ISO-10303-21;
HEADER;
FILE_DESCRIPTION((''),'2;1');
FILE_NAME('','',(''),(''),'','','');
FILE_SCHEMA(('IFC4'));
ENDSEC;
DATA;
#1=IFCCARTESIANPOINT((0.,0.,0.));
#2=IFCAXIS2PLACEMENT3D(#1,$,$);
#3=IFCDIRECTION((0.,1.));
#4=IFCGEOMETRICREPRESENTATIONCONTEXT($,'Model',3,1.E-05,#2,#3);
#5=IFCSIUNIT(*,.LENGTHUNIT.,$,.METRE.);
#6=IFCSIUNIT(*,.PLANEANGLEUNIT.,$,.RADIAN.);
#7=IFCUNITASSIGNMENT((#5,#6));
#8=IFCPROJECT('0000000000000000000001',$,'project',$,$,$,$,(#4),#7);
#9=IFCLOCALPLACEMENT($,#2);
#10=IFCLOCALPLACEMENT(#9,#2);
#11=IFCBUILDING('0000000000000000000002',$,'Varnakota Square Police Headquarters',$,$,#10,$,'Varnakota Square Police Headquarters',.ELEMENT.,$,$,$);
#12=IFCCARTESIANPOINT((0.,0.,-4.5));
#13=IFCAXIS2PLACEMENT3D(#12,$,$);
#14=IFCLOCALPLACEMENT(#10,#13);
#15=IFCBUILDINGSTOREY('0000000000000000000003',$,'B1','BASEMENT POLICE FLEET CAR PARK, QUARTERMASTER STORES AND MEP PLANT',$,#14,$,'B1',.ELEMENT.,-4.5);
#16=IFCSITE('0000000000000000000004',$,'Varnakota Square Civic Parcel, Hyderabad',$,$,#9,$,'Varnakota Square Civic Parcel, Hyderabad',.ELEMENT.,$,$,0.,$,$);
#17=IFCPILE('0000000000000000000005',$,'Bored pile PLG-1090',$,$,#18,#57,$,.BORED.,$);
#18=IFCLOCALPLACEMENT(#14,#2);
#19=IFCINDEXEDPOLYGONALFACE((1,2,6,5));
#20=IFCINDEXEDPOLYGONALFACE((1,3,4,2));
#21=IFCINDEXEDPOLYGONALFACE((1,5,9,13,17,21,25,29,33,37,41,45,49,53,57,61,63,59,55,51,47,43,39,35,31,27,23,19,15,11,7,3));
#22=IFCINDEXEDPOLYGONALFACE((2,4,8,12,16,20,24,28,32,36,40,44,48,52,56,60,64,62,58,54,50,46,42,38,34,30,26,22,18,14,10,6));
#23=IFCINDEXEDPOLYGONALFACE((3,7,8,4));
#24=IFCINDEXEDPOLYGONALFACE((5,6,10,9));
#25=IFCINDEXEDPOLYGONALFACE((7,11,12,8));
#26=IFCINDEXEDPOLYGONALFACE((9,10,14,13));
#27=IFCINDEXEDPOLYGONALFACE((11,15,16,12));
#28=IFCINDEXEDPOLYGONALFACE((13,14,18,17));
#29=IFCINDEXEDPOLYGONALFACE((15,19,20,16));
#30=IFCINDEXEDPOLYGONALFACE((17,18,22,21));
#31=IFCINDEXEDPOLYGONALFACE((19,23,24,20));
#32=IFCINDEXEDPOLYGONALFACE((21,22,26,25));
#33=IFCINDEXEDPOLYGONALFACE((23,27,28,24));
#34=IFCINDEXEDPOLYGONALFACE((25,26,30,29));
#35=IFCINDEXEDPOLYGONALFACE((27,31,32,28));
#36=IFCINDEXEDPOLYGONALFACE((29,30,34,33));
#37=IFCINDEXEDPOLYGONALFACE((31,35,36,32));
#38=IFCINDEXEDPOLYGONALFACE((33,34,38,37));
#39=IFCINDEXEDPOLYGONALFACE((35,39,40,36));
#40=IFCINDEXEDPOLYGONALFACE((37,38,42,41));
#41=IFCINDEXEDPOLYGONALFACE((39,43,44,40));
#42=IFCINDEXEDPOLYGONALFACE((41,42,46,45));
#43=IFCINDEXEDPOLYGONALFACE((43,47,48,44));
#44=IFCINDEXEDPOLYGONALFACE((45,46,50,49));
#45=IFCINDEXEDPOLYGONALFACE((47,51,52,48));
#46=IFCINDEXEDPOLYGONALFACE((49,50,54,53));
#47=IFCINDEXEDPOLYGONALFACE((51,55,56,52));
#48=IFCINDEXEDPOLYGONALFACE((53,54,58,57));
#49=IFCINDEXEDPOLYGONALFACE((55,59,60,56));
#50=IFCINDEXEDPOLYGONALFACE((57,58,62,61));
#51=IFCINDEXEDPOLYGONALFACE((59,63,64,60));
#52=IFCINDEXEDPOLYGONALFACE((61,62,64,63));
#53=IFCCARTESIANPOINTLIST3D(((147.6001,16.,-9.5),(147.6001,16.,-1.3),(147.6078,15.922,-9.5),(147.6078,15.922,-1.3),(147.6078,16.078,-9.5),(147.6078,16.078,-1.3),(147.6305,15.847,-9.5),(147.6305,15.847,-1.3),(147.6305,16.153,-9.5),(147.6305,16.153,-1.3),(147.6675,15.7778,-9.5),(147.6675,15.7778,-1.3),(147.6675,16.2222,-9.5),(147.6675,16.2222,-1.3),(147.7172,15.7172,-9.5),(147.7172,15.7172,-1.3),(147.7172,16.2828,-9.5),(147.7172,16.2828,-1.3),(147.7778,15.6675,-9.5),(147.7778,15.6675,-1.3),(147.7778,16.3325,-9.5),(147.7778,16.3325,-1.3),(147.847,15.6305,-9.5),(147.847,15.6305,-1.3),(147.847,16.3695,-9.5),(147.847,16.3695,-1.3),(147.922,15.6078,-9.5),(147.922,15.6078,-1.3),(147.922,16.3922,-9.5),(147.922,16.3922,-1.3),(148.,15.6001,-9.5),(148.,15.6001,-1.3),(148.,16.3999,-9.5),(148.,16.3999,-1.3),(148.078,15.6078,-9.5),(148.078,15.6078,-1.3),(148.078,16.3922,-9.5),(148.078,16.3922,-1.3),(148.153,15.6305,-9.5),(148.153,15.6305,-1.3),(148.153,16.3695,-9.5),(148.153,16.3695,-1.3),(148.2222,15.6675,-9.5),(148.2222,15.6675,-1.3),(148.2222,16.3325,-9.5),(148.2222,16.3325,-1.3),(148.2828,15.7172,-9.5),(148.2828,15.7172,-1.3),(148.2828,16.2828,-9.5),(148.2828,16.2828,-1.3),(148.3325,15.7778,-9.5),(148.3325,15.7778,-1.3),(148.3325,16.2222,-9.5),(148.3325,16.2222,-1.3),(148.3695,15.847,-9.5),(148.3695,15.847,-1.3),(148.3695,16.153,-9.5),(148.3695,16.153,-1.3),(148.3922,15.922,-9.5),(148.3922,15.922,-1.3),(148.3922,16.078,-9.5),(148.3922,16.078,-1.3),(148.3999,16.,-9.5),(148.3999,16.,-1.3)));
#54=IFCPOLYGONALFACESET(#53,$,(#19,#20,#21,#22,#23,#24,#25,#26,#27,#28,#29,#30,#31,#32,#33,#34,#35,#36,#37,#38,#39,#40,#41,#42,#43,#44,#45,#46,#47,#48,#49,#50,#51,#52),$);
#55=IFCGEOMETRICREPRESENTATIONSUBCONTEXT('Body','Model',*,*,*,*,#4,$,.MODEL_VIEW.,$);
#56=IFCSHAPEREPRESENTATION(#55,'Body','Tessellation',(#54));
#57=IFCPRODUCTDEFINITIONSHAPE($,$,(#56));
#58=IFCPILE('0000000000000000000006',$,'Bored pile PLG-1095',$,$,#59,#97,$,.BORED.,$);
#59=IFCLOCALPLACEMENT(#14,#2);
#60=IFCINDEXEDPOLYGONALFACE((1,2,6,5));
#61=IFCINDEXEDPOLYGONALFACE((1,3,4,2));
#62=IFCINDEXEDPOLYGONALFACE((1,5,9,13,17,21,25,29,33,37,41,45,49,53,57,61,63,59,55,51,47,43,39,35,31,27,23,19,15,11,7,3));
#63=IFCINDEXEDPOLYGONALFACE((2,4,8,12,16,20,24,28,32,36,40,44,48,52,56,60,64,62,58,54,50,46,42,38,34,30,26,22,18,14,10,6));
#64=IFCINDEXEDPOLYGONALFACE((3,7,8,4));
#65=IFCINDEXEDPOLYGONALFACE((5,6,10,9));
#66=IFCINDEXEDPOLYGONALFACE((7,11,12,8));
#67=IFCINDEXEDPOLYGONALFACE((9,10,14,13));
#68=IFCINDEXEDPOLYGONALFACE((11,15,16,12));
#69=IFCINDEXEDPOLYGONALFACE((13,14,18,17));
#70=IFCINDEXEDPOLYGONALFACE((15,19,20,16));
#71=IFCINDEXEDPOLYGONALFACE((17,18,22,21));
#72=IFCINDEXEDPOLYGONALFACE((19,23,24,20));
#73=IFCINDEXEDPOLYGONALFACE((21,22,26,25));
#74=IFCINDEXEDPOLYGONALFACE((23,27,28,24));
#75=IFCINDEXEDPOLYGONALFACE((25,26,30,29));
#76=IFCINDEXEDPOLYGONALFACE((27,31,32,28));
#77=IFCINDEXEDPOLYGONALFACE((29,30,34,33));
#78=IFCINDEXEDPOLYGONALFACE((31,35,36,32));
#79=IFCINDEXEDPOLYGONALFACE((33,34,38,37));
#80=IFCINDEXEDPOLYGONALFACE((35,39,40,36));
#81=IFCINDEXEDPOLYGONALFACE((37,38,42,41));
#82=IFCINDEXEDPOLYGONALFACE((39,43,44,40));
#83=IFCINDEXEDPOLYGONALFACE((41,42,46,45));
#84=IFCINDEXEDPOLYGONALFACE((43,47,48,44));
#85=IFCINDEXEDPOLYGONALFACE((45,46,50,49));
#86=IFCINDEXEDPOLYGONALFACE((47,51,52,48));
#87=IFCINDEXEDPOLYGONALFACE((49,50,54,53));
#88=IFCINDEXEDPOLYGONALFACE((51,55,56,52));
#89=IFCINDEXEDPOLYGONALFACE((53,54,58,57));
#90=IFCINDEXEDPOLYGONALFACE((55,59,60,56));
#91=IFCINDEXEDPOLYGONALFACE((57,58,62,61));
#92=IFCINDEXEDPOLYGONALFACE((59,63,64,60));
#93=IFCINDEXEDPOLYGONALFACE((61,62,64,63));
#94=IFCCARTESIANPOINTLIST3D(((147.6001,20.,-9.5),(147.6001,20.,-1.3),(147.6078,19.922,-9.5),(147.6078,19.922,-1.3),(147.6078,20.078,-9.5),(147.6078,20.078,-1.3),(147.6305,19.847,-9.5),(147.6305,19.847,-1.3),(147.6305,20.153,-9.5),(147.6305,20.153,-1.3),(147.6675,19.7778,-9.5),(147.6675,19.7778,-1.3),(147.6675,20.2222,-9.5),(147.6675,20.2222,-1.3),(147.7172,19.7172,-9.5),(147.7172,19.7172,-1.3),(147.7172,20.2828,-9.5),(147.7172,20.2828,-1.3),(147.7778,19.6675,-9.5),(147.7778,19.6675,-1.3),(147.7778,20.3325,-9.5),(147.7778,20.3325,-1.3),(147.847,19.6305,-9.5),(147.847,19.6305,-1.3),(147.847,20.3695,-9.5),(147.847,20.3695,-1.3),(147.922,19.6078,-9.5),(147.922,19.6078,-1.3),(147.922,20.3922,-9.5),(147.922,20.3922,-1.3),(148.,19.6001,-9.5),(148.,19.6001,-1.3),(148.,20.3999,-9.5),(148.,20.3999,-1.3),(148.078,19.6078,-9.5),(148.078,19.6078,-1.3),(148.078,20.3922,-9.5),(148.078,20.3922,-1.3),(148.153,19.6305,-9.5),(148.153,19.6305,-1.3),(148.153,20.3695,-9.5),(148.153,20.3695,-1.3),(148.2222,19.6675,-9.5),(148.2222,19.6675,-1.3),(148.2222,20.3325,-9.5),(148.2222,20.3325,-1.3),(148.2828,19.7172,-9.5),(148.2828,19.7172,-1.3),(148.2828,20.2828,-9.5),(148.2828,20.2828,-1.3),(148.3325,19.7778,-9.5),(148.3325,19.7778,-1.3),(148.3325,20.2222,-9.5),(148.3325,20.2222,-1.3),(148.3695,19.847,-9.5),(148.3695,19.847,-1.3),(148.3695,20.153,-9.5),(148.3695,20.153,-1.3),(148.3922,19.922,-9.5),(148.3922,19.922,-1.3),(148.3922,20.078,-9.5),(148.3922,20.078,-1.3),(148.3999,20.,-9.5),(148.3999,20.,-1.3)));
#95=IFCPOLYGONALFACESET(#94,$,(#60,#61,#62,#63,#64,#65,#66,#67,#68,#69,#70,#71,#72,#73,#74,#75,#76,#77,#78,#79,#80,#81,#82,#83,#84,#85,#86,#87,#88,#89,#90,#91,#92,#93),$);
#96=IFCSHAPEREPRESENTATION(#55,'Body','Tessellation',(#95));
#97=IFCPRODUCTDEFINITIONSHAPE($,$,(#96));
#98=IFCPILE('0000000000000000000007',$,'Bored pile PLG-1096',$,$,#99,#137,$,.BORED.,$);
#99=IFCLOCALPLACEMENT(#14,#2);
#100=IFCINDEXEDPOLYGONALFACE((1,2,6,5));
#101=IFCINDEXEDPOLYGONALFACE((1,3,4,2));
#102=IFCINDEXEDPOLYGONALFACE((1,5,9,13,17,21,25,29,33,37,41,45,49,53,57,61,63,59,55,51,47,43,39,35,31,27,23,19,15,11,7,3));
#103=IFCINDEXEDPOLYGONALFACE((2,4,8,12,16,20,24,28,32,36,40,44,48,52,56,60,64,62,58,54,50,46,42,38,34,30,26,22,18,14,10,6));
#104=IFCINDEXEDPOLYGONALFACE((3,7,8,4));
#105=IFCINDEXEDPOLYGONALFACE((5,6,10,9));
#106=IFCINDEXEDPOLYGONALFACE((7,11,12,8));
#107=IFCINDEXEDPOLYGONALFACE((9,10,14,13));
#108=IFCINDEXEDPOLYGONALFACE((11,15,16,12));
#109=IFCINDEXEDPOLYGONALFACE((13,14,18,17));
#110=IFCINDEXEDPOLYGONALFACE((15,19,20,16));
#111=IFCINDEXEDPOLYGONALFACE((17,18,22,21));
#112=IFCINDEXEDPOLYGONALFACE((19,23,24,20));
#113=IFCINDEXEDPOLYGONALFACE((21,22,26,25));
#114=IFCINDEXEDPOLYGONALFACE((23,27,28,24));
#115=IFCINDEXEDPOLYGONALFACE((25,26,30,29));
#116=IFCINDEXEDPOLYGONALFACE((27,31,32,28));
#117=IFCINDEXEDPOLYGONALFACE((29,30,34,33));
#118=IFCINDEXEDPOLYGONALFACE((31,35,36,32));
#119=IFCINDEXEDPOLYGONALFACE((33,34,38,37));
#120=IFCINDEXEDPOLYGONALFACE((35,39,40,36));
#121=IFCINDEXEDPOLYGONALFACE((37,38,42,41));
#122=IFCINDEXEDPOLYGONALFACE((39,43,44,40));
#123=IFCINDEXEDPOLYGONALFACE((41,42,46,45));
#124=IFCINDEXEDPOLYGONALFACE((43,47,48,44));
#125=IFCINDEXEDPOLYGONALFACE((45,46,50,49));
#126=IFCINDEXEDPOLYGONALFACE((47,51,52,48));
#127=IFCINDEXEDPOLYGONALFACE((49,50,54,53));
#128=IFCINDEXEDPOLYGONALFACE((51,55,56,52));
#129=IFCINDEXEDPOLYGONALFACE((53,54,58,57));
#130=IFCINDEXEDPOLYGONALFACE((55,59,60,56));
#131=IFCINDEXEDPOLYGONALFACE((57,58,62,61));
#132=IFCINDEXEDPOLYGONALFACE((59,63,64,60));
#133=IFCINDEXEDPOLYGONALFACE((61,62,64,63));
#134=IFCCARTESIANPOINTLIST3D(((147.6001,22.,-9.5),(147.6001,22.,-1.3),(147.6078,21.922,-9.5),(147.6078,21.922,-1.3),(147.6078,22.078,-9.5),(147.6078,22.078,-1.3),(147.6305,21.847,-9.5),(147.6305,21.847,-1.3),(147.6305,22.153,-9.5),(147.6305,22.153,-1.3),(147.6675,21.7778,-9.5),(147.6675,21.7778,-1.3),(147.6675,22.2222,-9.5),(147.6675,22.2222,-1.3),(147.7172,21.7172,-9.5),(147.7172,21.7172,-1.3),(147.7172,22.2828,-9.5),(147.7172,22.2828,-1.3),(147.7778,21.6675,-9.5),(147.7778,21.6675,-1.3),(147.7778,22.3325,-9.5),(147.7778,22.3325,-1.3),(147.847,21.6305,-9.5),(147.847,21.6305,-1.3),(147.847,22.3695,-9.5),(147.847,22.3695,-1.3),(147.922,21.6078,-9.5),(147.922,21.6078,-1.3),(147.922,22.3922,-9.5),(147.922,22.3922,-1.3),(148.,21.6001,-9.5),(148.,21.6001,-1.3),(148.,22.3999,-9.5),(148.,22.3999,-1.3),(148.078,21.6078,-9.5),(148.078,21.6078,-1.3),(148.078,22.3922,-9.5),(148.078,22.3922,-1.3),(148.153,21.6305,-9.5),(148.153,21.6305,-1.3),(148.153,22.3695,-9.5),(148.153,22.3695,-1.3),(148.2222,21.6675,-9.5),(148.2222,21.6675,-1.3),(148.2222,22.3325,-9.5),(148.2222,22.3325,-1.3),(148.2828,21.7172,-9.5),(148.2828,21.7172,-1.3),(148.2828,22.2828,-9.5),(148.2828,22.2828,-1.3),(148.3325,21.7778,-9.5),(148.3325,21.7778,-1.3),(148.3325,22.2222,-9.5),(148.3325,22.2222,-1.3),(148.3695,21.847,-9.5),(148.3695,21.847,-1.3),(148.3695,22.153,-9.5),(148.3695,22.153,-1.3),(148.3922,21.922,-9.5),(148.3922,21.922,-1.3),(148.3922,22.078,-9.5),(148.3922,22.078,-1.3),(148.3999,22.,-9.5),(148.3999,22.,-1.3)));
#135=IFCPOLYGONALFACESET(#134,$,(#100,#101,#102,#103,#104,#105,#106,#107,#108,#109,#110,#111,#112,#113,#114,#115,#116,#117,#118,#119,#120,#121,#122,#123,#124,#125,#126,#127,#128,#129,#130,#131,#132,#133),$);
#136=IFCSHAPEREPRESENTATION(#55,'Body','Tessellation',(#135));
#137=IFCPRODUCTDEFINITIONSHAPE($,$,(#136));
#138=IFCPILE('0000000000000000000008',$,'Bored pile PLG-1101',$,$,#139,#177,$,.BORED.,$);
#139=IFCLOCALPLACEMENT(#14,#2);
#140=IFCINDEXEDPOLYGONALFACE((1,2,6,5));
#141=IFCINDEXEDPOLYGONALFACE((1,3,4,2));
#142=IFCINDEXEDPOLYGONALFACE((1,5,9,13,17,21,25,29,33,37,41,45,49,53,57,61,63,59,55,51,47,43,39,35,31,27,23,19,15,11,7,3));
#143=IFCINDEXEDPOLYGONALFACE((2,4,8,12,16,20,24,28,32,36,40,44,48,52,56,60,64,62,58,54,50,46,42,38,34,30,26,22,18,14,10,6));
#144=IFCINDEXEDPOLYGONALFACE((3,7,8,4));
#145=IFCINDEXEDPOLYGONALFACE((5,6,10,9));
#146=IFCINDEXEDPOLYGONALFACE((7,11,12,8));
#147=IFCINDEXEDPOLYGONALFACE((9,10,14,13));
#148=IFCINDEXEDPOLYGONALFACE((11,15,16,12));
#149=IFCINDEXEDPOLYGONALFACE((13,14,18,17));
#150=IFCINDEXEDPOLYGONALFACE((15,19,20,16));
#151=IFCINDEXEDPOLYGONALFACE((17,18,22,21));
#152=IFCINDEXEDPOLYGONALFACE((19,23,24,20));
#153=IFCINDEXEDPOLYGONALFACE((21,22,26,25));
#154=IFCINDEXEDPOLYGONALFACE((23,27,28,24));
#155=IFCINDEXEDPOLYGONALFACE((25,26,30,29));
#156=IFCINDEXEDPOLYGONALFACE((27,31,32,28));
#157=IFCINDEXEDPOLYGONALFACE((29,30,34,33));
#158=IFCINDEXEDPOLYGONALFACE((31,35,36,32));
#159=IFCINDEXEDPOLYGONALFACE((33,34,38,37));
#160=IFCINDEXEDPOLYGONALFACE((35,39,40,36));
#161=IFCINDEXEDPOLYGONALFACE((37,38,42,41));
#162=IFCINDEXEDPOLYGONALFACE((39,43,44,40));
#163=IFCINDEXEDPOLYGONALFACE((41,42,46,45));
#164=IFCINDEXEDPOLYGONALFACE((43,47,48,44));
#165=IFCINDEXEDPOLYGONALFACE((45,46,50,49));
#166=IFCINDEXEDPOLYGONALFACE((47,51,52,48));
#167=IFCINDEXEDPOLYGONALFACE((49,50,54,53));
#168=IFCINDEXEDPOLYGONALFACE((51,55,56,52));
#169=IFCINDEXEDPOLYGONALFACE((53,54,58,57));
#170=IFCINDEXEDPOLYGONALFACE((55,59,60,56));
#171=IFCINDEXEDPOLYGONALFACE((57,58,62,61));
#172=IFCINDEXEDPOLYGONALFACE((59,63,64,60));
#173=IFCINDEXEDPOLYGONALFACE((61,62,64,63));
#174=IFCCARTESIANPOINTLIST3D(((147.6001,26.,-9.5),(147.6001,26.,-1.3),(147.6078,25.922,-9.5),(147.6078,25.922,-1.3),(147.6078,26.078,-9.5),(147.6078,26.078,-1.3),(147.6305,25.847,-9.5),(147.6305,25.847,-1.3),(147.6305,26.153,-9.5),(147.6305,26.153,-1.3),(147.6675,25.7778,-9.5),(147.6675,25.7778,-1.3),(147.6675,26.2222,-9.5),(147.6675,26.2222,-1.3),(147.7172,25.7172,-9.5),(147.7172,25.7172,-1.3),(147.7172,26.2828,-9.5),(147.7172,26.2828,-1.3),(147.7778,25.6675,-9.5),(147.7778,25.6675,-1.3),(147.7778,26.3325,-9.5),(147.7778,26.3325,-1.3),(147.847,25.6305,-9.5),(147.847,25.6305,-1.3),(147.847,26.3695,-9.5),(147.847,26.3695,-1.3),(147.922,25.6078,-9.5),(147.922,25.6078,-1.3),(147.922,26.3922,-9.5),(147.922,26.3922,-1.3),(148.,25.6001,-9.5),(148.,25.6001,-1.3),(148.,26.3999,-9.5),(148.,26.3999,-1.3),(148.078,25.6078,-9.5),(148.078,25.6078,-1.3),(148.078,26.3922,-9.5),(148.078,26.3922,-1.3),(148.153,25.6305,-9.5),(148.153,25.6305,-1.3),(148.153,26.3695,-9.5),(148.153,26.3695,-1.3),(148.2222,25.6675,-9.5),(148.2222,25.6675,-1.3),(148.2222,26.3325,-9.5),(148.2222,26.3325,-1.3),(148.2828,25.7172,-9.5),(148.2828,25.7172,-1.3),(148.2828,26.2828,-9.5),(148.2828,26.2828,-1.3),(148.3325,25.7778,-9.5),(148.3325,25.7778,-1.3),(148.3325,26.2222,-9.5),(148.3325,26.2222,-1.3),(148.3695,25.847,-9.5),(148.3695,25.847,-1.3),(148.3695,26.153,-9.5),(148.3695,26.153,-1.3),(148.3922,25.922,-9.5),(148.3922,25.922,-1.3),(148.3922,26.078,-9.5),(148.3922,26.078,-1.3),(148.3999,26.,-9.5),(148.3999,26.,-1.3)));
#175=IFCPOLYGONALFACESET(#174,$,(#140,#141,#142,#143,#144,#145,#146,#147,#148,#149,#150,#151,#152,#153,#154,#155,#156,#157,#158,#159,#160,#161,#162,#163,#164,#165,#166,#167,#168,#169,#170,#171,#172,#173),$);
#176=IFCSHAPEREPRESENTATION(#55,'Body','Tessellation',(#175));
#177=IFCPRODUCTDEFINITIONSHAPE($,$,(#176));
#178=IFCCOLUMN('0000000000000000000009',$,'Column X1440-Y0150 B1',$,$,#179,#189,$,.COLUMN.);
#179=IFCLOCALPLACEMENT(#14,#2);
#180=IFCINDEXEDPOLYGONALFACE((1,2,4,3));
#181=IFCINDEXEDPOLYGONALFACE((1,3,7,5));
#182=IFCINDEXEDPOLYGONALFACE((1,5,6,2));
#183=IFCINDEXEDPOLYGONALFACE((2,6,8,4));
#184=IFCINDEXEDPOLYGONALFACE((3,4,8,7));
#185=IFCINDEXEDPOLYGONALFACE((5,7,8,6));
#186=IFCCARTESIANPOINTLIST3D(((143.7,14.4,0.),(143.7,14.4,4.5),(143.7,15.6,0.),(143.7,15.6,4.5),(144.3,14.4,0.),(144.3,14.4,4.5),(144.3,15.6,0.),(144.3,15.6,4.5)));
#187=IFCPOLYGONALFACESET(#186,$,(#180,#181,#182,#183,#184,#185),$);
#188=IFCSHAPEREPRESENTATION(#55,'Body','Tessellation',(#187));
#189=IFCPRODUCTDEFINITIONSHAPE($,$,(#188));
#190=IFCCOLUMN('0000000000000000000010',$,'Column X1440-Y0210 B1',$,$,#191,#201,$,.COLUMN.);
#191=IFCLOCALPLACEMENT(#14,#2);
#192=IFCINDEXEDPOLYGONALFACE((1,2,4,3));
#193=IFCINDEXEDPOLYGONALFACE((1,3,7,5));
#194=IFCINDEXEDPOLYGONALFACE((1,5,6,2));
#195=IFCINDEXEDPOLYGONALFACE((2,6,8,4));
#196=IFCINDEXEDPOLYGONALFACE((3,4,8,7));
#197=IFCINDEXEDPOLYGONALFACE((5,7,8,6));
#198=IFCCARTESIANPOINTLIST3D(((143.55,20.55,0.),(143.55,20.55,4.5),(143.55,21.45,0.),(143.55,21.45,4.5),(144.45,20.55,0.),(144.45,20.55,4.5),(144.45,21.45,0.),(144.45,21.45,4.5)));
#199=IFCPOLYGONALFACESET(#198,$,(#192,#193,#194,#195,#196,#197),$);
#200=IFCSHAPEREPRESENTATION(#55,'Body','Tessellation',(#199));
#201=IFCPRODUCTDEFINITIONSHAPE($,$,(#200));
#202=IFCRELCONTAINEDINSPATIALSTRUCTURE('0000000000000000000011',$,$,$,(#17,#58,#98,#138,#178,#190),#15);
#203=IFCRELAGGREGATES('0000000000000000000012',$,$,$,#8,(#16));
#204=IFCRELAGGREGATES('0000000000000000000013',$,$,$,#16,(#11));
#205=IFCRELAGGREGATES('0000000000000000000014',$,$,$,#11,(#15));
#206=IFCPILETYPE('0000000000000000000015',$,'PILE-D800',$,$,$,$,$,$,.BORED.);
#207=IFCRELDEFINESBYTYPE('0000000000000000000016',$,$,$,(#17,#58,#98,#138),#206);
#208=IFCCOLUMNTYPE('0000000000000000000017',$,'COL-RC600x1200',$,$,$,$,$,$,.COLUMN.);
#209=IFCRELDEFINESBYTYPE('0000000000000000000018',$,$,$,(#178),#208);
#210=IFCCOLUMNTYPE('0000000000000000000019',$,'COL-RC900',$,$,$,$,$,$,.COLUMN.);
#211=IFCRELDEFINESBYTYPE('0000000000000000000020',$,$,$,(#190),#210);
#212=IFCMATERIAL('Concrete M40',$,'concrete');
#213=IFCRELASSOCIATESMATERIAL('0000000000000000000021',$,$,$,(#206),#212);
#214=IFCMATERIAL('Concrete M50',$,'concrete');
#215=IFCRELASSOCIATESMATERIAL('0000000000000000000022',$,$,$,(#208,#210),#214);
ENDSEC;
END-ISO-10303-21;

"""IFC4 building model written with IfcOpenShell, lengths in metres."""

from ifc_helpers import new_model, si_unit, direction, frame, origin, origin_2d, place, context, subcontext, project, spatial, rectangle, circle, extrude, material, material_profile, profile_set, type_object, element, save


model = new_model("IFC4")

# Units and contexts
model_context = context("Model", 3, precision=1e-05, world=origin(), true_north=direction((0.0, 1.0)))
body_context = subcontext(model_context, "Body", "Model", "MODEL_VIEW")
ifc_project = project(units=[si_unit("LENGTHUNIT", "METRE"), si_unit("PLANEANGLEUNIT", "RADIAN")], contexts=[model_context])

# Site, building, storey
site_placement = place(None, origin())
site = spatial("IfcSite", under=ifc_project, at=site_placement, Name="Varnakota Square Civic Parcel, Hyderabad", LongName="Varnakota Square Civic Parcel, Hyderabad", CompositionType="ELEMENT", RefElevation=0.0)
building_placement = place(site_placement, origin())
building = spatial("IfcBuilding", under=site, at=building_placement, Name="Varnakota Square Police Headquarters", LongName="Varnakota Square Police Headquarters", CompositionType="ELEMENT")
storey_placement = place(building_placement, frame((0.0, 0.0, -4.5)))
storey = spatial("IfcBuildingStorey", under=building, at=storey_placement, Name="B1", Description="BASEMENT POLICE FLEET CAR PARK, QUARTERMASTER STORES AND MEP PLANT", LongName="B1", CompositionType="ELEMENT", Elevation=-4.5)

# Shared definitions
ifc_material_1 = material(Name="Concrete M40", Category="concrete")
ifc_material_2 = material(Name="Concrete M50", Category="concrete")

# Piles
ifc_material_profile_1 = material_profile(ifc_material_1, circle(Radius=0.3999, at=origin_2d()), Name="BORED PILE 800")
ifc_profile_set_1 = profile_set([ifc_material_profile_1], Name="Concrete M40")
pile_type = type_object("IfcPileType", Name="PILE-D800", PredefinedType="BORED", material=ifc_profile_set_1)
for number, where, z_axis, x_axis, name in (
    (1, (148.0, 16.0, -1.3), (0.0, 0.0, -1.0), (1.0, 0.0, 0.0), "Bored pile PLG-1090"),
    (2, (148.0, 20.0, -1.3), (0.0, 0.0, -1.0), (1.0, 0.0, 0.0), "Bored pile PLG-1095"),
    (3, (148.0, 22.0, -1.3), (0.0, 0.0, -1.0), (1.0, 0.0, 0.0), "Bored pile PLG-1096"),
    (4, (148.0, 26.0, -1.3), (0.0, 0.0, -1.0), (1.0, 0.0, 0.0), "Bored pile PLG-1101"),
):
    element("IfcPile", number, at=place(storey_placement, frame(where, z_axis=z_axis, x_axis=x_axis)), inside=storey, type_object=pile_type, Name=name, PredefinedType="BORED", context=body_context, shape_type="SweptSolid", body=[
        extrude(circle(Radius=0.3999, at=origin_2d()), origin(), (0.0, 0.0, 1.0), 8.2),
    ])

# Columns
ifc_material_profile_2 = material_profile(ifc_material_2, rectangle(XDim=0.6001, YDim=1.2, at=origin_2d()), Name="RC 600x1200")
ifc_profile_set_2 = profile_set([ifc_material_profile_2], Name="Concrete M50")
column_type_1 = type_object("IfcColumnType", Name="COL-RC600x1200", PredefinedType="COLUMN", material=ifc_profile_set_2)
column_placement = place(storey_placement, frame((144.0, 15.0, 0.0), z_axis=(0.0, 0.0, 1.0), x_axis=(1.0, 0.0, 0.0)))
element("IfcColumn", 5, at=column_placement, inside=storey, type_object=column_type_1, Name="Column X1440-Y0150 B1", PredefinedType="COLUMN", context=body_context, shape_type="SweptSolid", body=[
    extrude(rectangle(XDim=0.6001, YDim=1.2, at=origin_2d()), origin(), (0.0, 0.0, 1.0), 4.5),
])
ifc_material_profile_3 = material_profile(ifc_material_2, rectangle(XDim=0.8999, YDim=0.8999, at=origin_2d()), Name="RC 900x900")
ifc_profile_set_3 = profile_set([ifc_material_profile_3], Name="Concrete M50")
column_type_2 = type_object("IfcColumnType", Name="COL-RC900", PredefinedType="COLUMN", material=ifc_profile_set_3)
for number, where, z_axis, x_axis, name in (
    (6, (144.0, 21.0, 0.0), (0.0, 0.0, 1.0), (1.0, 0.0, 0.0), "Column X1440-Y0210 B1"),
):
    element("IfcColumn", number, at=place(storey_placement, frame(where, z_axis=z_axis, x_axis=x_axis)), inside=storey, type_object=column_type_2, Name=name, PredefinedType="COLUMN", context=body_context, shape_type="SweptSolid", body=[
        extrude(rectangle(XDim=0.8999, YDim=0.8999, at=origin_2d()), origin(), (0.0, 0.0, 1.0), 4.5),
    ])

save(model, "model.ifc")
